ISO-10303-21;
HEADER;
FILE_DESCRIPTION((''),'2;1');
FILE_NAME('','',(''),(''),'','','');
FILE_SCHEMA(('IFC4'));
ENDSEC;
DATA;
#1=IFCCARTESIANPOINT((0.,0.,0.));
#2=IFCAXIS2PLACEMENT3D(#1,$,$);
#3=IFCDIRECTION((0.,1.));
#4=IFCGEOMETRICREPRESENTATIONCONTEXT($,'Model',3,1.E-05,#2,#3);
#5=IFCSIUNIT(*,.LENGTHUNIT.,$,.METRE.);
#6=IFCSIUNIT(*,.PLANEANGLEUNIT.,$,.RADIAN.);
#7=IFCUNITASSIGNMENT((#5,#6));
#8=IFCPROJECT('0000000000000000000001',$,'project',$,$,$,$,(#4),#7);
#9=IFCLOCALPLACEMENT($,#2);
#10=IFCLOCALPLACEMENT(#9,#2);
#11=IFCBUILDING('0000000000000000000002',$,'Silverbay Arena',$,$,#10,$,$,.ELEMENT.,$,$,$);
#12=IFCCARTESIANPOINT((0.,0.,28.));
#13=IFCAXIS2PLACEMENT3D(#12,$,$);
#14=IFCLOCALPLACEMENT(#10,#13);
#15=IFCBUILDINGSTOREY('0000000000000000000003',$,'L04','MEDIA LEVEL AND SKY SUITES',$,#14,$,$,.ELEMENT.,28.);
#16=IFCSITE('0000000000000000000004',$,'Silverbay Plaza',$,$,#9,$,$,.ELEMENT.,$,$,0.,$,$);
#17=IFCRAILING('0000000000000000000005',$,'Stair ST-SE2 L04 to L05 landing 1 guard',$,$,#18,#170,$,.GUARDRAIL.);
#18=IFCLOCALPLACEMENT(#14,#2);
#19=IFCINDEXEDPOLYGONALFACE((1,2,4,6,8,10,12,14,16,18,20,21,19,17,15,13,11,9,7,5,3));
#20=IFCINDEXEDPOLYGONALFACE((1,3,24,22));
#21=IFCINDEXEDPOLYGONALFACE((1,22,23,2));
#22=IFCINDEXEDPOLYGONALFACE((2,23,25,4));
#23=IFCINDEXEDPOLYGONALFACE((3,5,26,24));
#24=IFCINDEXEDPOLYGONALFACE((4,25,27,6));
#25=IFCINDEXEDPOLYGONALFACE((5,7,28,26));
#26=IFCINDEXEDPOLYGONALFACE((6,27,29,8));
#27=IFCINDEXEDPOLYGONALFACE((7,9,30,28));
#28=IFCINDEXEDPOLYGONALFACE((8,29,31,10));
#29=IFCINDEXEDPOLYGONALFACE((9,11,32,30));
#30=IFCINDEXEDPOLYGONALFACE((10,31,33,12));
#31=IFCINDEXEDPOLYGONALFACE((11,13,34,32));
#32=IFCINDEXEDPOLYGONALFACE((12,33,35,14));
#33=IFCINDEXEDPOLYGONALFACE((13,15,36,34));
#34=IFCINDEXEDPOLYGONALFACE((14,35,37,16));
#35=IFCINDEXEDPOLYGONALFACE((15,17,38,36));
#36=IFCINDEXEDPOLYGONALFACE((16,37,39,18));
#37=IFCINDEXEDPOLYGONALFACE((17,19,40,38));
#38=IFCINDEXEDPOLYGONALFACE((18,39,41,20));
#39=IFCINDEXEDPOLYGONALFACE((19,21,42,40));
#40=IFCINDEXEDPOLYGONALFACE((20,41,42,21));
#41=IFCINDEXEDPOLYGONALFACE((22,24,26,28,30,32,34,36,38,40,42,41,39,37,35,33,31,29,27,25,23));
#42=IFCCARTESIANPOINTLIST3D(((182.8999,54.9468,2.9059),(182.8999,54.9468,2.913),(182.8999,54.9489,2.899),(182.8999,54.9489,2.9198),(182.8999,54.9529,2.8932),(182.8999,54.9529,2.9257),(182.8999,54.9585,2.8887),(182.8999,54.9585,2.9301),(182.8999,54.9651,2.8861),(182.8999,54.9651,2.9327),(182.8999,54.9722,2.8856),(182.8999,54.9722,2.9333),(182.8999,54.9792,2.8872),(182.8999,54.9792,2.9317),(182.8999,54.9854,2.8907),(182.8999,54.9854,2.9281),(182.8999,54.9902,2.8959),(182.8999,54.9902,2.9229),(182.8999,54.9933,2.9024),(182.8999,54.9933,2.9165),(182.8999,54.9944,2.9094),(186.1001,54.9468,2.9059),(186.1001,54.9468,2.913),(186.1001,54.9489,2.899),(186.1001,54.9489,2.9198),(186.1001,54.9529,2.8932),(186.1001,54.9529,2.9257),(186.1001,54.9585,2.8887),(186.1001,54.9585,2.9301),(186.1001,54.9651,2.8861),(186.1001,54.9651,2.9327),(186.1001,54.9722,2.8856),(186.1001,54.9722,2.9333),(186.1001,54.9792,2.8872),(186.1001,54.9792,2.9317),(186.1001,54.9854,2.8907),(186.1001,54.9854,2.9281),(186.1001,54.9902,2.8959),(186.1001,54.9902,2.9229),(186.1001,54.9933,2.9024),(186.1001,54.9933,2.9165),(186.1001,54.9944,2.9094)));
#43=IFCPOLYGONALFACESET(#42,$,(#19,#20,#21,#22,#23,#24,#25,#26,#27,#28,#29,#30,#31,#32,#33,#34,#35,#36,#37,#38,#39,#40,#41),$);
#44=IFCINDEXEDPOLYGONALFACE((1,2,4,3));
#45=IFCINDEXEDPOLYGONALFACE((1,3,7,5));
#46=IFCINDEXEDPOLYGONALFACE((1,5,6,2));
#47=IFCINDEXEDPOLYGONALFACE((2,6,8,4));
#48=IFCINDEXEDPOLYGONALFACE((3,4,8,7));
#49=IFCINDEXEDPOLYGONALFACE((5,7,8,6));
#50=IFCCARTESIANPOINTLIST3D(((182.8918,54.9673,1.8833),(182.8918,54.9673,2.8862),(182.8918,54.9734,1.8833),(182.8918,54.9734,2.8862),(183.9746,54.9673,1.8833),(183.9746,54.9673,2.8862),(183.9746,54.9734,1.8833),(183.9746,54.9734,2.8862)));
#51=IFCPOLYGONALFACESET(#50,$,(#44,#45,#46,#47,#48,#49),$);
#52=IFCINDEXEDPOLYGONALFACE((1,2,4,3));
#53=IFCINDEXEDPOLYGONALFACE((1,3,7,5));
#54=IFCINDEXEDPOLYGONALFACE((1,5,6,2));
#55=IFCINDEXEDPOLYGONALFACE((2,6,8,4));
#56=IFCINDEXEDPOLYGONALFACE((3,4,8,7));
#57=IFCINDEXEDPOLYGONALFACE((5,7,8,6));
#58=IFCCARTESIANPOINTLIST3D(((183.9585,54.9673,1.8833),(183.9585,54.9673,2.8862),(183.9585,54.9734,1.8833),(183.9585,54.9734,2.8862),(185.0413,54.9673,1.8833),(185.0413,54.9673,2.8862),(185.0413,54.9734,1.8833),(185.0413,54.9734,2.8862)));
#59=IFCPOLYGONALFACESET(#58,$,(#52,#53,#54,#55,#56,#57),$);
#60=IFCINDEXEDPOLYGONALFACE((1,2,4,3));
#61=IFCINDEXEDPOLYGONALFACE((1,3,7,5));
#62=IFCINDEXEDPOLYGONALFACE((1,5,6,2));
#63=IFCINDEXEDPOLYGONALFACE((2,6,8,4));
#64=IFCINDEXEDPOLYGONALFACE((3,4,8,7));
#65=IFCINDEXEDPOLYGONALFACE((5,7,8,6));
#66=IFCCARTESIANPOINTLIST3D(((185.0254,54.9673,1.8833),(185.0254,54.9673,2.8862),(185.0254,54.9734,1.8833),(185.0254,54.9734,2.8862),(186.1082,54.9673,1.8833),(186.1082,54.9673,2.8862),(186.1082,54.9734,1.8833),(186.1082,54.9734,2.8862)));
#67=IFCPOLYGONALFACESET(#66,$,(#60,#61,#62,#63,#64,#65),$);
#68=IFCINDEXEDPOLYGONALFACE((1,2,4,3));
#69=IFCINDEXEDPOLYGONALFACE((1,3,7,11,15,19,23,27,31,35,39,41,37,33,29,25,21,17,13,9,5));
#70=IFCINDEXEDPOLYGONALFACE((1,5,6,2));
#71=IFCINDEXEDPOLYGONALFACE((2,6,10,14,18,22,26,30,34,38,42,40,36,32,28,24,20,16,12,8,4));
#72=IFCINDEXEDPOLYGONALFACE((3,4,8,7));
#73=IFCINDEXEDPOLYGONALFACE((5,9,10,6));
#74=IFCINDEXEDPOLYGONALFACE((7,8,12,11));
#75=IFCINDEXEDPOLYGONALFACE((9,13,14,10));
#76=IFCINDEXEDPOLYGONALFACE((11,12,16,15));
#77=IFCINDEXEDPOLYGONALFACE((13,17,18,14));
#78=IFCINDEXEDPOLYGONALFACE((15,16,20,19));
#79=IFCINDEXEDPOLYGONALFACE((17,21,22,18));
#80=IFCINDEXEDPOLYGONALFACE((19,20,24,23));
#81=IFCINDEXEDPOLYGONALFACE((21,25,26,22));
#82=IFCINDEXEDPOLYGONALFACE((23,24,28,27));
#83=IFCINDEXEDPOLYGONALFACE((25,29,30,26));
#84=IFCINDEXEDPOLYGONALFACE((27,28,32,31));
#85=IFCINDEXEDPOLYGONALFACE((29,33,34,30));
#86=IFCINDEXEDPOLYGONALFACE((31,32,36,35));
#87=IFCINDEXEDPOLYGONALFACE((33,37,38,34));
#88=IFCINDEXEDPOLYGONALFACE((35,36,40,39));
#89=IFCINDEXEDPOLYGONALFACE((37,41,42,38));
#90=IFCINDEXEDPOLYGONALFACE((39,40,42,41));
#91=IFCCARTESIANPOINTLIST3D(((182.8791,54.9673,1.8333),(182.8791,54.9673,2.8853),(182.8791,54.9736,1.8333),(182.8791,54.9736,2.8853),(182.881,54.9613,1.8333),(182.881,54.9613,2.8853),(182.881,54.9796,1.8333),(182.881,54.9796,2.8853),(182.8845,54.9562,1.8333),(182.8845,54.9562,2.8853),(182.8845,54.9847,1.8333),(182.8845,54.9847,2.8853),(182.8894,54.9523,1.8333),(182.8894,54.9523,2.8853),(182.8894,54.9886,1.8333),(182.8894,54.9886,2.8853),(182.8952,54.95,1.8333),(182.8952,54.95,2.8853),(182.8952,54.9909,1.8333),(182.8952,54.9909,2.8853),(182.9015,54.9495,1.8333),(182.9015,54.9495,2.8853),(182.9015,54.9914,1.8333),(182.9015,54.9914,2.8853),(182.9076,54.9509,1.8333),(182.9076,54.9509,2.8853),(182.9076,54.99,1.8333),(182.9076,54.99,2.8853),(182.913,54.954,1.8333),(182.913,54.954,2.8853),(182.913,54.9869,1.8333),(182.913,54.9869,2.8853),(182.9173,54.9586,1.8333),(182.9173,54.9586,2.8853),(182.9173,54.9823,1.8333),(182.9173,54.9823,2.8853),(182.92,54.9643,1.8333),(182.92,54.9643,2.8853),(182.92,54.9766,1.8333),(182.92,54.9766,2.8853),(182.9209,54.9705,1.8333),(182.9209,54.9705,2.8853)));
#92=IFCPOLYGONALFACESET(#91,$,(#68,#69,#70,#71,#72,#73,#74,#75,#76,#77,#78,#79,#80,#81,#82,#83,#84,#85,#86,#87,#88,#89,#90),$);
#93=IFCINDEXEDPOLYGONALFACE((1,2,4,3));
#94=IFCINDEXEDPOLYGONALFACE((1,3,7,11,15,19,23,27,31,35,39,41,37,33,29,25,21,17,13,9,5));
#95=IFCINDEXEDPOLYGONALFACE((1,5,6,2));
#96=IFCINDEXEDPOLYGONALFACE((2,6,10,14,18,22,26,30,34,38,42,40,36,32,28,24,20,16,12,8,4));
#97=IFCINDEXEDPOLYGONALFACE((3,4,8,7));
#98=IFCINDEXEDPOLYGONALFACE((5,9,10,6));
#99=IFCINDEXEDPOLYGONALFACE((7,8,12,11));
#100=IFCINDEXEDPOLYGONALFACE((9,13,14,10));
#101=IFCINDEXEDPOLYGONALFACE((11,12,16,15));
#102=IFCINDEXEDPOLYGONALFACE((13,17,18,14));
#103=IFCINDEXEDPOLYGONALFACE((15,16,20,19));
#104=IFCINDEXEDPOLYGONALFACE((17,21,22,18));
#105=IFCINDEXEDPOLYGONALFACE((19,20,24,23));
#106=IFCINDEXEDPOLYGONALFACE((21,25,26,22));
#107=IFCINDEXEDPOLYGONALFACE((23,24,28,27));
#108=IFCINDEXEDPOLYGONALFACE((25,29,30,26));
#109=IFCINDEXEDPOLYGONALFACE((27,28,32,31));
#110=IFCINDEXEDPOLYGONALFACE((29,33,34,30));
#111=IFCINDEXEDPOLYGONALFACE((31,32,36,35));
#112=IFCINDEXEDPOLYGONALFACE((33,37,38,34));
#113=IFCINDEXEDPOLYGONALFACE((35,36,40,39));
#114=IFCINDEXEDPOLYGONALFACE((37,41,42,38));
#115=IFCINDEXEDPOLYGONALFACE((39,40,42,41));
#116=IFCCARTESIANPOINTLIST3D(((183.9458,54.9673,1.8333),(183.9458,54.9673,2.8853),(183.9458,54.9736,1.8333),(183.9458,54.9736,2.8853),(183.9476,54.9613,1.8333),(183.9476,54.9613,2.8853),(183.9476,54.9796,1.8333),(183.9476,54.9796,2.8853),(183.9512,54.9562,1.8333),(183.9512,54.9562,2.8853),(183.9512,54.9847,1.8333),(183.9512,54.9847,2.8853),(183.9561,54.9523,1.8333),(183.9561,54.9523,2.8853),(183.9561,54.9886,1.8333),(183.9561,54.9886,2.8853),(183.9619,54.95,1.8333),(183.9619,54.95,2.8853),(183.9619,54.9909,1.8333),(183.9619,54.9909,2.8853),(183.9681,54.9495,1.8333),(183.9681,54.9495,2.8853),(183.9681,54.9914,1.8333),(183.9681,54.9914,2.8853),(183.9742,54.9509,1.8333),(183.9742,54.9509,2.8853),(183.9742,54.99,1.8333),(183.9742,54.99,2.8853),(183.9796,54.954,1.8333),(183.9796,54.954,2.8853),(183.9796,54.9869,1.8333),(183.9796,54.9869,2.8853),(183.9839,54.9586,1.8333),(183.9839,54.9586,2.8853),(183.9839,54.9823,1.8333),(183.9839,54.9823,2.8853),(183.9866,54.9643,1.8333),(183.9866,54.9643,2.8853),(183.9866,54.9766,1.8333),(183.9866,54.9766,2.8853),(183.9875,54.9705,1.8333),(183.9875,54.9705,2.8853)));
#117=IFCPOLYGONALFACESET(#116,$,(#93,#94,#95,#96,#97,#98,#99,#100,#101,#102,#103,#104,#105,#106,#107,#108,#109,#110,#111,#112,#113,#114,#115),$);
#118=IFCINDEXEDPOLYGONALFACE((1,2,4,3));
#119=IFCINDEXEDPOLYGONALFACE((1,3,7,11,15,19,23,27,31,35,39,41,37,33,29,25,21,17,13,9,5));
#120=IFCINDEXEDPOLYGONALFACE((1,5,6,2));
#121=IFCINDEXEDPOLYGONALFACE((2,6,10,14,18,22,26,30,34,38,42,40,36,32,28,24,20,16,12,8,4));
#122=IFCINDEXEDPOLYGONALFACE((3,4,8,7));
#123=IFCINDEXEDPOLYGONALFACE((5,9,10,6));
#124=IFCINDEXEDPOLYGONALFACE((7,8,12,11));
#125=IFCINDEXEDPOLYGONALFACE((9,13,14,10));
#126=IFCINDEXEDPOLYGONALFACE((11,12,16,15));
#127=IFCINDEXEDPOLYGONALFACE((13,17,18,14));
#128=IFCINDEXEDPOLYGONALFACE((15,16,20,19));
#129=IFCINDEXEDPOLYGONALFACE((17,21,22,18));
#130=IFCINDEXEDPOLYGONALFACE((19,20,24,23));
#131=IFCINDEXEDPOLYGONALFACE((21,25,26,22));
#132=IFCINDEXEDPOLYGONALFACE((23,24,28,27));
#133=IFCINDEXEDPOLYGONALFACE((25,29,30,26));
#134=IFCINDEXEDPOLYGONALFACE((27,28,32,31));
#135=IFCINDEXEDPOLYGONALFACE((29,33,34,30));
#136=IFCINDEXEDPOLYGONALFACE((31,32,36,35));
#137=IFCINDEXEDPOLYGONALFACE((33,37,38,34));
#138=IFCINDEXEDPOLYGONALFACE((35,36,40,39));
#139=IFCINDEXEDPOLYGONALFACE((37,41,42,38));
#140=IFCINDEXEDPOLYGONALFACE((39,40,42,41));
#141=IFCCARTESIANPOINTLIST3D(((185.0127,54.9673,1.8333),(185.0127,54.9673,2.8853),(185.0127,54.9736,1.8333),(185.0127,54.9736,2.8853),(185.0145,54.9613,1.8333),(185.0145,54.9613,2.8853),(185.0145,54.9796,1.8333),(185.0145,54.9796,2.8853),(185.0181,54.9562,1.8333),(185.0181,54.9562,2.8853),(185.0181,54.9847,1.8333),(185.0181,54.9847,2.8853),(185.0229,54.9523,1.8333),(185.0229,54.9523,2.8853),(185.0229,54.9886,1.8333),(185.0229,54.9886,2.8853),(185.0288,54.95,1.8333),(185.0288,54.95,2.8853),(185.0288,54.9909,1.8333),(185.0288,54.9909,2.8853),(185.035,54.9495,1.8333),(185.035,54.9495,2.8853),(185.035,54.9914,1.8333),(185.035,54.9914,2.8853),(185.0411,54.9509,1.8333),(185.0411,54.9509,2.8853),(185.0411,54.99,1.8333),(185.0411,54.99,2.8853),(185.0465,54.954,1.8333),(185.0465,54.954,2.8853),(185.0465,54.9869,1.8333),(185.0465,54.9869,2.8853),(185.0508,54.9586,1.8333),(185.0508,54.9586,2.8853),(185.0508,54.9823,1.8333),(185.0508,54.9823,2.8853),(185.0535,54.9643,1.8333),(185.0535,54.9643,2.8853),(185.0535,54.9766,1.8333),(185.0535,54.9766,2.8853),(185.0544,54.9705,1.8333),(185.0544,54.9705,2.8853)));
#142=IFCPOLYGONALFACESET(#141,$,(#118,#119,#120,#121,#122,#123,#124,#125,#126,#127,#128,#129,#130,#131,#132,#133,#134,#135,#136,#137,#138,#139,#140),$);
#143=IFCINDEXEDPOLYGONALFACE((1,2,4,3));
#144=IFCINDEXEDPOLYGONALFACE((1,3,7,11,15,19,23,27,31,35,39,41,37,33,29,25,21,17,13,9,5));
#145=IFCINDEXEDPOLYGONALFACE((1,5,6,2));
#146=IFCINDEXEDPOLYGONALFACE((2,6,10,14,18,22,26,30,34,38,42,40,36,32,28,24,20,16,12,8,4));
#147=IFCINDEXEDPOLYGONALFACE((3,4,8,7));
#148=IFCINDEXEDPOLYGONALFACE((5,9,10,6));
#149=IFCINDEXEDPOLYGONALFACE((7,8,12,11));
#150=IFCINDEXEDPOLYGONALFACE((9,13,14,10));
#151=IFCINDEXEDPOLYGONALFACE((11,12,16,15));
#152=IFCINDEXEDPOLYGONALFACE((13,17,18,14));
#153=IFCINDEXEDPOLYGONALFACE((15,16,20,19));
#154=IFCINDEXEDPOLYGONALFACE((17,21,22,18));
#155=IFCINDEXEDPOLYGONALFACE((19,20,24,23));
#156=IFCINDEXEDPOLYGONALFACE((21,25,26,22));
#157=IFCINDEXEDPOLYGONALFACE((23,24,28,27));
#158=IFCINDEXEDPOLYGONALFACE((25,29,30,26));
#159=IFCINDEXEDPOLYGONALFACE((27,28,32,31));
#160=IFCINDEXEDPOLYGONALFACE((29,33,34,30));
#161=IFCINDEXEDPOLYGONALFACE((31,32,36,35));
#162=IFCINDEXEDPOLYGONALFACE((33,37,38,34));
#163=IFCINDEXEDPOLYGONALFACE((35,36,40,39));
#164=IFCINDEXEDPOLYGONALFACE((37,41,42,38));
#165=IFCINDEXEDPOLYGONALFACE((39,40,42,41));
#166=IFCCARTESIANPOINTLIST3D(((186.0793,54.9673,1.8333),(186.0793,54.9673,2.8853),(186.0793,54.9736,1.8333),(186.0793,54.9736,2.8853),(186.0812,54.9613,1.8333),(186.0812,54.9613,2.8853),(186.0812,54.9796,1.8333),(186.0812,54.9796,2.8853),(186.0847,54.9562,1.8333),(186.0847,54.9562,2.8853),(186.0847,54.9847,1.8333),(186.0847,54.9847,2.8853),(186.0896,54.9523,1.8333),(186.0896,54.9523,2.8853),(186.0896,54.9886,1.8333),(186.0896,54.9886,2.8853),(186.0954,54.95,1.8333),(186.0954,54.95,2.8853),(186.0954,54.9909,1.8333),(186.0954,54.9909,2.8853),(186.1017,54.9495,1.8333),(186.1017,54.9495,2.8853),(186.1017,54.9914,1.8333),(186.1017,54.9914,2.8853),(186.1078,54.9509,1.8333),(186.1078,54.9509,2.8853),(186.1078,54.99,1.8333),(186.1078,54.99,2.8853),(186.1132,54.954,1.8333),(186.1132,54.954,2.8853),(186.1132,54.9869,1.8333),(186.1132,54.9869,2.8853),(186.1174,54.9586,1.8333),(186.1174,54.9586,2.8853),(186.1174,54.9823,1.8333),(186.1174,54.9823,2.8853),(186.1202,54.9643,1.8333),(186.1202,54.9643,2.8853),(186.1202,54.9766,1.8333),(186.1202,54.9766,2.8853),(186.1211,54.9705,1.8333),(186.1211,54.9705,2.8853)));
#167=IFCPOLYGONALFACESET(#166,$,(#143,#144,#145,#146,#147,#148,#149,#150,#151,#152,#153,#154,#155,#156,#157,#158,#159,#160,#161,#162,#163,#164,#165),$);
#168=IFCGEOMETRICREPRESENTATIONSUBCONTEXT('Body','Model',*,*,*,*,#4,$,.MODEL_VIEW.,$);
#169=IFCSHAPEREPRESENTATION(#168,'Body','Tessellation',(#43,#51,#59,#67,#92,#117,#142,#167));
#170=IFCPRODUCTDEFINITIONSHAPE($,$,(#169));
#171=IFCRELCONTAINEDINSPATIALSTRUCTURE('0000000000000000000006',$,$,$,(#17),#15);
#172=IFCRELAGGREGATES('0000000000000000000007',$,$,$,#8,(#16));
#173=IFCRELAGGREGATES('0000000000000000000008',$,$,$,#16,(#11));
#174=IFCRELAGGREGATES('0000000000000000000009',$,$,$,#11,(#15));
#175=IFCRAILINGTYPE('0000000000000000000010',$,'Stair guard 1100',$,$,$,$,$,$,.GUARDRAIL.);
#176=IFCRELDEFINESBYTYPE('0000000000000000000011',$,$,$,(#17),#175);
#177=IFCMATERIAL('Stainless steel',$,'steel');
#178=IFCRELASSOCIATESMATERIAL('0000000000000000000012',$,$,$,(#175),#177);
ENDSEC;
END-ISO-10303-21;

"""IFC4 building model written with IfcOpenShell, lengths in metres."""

from ifc_helpers import new_model, si_unit, direction, frame, origin, origin_2d, place, context, subcontext, project, spatial, polyline, circle, outline, extrude, material, type_object, element, save


model = new_model("IFC4")

# Units and contexts
model_context = context("Model", 3, precision=1e-05, world=origin(), true_north=direction((0.0, 1.0)))
body_context = subcontext(model_context, "Body", "Model", "MODEL_VIEW")
ifc_project = project(units=[si_unit("LENGTHUNIT", "METRE"), si_unit("PLANEANGLEUNIT", "RADIAN")], contexts=[model_context])

# Site, building, storey
site_placement = place(None, origin())
site = spatial("IfcSite", under=ifc_project, at=site_placement, Name="Silverbay Plaza", CompositionType="ELEMENT", RefElevation=0.0)
building_placement = place(site_placement, origin())
building = spatial("IfcBuilding", under=site, at=building_placement, Name="Silverbay Arena", CompositionType="ELEMENT")
storey_placement = place(building_placement, frame((0.0, 0.0, 28.0)))
storey = spatial("IfcBuildingStorey", under=building, at=storey_placement, Name="L04", Description="MEDIA LEVEL AND SKY SUITES", CompositionType="ELEMENT", Elevation=28.0)

# Railing
ifc_material_1 = material(Name="Stainless steel", Category="steel")
railing_type_1 = type_object("IfcRailingType", Name="Stair guard 1100", PredefinedType="GUARDRAIL", material=ifc_material_1)
for number, where, name in (
    (1, (182.8999, 54.9705, 1.8333), "Stair ST-SE2 L04 to L05 landing 1 guard"),
):
    element("IfcRailing", number, at=place(storey_placement, frame(where)), inside=storey, type_object=railing_type_1, Name=name, PredefinedType="GUARDRAIL", context=body_context, shape_type="SweptSolid", body=[
        extrude(circle(Radius=0.0239, at=origin_2d()), frame((0.0, 0.0, 1.0762), z_axis=(1.0, 0.0, 0.0), x_axis=(0.0, 1.0, 0.0)), (0.0, 0.0, 1.0), 3.2002),
        extrude(outline(polyline([(-0.0081, 0.05), (1.0747, 0.05), (1.0747, 1.053), (-0.0081, 1.053), (-0.0081, 0.05)])), frame((0.0, 0.0029, 0.0), z_axis=(0.0, -1.0, 0.0), x_axis=(1.0, 0.0, 0.0)), (0.0, 0.0, 1.0), 0.0061),
        extrude(outline(polyline([(-0.0081, 0.05), (1.0747, 0.05), (1.0747, 1.053), (-0.0081, 1.053), (-0.0081, 0.05)])), frame((1.0667, 0.0029, 0.0), z_axis=(0.0, -1.0, 0.0), x_axis=(1.0, 0.0, 0.0)), (0.0, 0.0, 1.0), 0.0061),
        extrude(outline(polyline([(-0.0081, 0.05), (1.0747, 0.05), (1.0747, 1.053), (-0.0081, 1.053), (-0.0081, 0.05)])), frame((2.1335, 0.0029, 0.0), z_axis=(0.0, -1.0, 0.0), x_axis=(1.0, 0.0, 0.0)), (0.0, 0.0, 1.0), 0.0061),
        extrude(circle(Radius=0.021, at=origin_2d()), origin(), (0.0, 0.0, 1.0), 1.052),
        extrude(circle(Radius=0.021, at=origin_2d()), frame((1.0667, 0.0, 0.0)), (0.0, 0.0, 1.0), 1.052),
        extrude(circle(Radius=0.021, at=origin_2d()), frame((2.1335, 0.0, 0.0)), (0.0, 0.0, 1.0), 1.052),
        extrude(circle(Radius=0.021, at=origin_2d()), frame((3.2002, 0.0, 0.0)), (0.0, 0.0, 1.0), 1.052),
    ])

save(model, "model.ifc")
